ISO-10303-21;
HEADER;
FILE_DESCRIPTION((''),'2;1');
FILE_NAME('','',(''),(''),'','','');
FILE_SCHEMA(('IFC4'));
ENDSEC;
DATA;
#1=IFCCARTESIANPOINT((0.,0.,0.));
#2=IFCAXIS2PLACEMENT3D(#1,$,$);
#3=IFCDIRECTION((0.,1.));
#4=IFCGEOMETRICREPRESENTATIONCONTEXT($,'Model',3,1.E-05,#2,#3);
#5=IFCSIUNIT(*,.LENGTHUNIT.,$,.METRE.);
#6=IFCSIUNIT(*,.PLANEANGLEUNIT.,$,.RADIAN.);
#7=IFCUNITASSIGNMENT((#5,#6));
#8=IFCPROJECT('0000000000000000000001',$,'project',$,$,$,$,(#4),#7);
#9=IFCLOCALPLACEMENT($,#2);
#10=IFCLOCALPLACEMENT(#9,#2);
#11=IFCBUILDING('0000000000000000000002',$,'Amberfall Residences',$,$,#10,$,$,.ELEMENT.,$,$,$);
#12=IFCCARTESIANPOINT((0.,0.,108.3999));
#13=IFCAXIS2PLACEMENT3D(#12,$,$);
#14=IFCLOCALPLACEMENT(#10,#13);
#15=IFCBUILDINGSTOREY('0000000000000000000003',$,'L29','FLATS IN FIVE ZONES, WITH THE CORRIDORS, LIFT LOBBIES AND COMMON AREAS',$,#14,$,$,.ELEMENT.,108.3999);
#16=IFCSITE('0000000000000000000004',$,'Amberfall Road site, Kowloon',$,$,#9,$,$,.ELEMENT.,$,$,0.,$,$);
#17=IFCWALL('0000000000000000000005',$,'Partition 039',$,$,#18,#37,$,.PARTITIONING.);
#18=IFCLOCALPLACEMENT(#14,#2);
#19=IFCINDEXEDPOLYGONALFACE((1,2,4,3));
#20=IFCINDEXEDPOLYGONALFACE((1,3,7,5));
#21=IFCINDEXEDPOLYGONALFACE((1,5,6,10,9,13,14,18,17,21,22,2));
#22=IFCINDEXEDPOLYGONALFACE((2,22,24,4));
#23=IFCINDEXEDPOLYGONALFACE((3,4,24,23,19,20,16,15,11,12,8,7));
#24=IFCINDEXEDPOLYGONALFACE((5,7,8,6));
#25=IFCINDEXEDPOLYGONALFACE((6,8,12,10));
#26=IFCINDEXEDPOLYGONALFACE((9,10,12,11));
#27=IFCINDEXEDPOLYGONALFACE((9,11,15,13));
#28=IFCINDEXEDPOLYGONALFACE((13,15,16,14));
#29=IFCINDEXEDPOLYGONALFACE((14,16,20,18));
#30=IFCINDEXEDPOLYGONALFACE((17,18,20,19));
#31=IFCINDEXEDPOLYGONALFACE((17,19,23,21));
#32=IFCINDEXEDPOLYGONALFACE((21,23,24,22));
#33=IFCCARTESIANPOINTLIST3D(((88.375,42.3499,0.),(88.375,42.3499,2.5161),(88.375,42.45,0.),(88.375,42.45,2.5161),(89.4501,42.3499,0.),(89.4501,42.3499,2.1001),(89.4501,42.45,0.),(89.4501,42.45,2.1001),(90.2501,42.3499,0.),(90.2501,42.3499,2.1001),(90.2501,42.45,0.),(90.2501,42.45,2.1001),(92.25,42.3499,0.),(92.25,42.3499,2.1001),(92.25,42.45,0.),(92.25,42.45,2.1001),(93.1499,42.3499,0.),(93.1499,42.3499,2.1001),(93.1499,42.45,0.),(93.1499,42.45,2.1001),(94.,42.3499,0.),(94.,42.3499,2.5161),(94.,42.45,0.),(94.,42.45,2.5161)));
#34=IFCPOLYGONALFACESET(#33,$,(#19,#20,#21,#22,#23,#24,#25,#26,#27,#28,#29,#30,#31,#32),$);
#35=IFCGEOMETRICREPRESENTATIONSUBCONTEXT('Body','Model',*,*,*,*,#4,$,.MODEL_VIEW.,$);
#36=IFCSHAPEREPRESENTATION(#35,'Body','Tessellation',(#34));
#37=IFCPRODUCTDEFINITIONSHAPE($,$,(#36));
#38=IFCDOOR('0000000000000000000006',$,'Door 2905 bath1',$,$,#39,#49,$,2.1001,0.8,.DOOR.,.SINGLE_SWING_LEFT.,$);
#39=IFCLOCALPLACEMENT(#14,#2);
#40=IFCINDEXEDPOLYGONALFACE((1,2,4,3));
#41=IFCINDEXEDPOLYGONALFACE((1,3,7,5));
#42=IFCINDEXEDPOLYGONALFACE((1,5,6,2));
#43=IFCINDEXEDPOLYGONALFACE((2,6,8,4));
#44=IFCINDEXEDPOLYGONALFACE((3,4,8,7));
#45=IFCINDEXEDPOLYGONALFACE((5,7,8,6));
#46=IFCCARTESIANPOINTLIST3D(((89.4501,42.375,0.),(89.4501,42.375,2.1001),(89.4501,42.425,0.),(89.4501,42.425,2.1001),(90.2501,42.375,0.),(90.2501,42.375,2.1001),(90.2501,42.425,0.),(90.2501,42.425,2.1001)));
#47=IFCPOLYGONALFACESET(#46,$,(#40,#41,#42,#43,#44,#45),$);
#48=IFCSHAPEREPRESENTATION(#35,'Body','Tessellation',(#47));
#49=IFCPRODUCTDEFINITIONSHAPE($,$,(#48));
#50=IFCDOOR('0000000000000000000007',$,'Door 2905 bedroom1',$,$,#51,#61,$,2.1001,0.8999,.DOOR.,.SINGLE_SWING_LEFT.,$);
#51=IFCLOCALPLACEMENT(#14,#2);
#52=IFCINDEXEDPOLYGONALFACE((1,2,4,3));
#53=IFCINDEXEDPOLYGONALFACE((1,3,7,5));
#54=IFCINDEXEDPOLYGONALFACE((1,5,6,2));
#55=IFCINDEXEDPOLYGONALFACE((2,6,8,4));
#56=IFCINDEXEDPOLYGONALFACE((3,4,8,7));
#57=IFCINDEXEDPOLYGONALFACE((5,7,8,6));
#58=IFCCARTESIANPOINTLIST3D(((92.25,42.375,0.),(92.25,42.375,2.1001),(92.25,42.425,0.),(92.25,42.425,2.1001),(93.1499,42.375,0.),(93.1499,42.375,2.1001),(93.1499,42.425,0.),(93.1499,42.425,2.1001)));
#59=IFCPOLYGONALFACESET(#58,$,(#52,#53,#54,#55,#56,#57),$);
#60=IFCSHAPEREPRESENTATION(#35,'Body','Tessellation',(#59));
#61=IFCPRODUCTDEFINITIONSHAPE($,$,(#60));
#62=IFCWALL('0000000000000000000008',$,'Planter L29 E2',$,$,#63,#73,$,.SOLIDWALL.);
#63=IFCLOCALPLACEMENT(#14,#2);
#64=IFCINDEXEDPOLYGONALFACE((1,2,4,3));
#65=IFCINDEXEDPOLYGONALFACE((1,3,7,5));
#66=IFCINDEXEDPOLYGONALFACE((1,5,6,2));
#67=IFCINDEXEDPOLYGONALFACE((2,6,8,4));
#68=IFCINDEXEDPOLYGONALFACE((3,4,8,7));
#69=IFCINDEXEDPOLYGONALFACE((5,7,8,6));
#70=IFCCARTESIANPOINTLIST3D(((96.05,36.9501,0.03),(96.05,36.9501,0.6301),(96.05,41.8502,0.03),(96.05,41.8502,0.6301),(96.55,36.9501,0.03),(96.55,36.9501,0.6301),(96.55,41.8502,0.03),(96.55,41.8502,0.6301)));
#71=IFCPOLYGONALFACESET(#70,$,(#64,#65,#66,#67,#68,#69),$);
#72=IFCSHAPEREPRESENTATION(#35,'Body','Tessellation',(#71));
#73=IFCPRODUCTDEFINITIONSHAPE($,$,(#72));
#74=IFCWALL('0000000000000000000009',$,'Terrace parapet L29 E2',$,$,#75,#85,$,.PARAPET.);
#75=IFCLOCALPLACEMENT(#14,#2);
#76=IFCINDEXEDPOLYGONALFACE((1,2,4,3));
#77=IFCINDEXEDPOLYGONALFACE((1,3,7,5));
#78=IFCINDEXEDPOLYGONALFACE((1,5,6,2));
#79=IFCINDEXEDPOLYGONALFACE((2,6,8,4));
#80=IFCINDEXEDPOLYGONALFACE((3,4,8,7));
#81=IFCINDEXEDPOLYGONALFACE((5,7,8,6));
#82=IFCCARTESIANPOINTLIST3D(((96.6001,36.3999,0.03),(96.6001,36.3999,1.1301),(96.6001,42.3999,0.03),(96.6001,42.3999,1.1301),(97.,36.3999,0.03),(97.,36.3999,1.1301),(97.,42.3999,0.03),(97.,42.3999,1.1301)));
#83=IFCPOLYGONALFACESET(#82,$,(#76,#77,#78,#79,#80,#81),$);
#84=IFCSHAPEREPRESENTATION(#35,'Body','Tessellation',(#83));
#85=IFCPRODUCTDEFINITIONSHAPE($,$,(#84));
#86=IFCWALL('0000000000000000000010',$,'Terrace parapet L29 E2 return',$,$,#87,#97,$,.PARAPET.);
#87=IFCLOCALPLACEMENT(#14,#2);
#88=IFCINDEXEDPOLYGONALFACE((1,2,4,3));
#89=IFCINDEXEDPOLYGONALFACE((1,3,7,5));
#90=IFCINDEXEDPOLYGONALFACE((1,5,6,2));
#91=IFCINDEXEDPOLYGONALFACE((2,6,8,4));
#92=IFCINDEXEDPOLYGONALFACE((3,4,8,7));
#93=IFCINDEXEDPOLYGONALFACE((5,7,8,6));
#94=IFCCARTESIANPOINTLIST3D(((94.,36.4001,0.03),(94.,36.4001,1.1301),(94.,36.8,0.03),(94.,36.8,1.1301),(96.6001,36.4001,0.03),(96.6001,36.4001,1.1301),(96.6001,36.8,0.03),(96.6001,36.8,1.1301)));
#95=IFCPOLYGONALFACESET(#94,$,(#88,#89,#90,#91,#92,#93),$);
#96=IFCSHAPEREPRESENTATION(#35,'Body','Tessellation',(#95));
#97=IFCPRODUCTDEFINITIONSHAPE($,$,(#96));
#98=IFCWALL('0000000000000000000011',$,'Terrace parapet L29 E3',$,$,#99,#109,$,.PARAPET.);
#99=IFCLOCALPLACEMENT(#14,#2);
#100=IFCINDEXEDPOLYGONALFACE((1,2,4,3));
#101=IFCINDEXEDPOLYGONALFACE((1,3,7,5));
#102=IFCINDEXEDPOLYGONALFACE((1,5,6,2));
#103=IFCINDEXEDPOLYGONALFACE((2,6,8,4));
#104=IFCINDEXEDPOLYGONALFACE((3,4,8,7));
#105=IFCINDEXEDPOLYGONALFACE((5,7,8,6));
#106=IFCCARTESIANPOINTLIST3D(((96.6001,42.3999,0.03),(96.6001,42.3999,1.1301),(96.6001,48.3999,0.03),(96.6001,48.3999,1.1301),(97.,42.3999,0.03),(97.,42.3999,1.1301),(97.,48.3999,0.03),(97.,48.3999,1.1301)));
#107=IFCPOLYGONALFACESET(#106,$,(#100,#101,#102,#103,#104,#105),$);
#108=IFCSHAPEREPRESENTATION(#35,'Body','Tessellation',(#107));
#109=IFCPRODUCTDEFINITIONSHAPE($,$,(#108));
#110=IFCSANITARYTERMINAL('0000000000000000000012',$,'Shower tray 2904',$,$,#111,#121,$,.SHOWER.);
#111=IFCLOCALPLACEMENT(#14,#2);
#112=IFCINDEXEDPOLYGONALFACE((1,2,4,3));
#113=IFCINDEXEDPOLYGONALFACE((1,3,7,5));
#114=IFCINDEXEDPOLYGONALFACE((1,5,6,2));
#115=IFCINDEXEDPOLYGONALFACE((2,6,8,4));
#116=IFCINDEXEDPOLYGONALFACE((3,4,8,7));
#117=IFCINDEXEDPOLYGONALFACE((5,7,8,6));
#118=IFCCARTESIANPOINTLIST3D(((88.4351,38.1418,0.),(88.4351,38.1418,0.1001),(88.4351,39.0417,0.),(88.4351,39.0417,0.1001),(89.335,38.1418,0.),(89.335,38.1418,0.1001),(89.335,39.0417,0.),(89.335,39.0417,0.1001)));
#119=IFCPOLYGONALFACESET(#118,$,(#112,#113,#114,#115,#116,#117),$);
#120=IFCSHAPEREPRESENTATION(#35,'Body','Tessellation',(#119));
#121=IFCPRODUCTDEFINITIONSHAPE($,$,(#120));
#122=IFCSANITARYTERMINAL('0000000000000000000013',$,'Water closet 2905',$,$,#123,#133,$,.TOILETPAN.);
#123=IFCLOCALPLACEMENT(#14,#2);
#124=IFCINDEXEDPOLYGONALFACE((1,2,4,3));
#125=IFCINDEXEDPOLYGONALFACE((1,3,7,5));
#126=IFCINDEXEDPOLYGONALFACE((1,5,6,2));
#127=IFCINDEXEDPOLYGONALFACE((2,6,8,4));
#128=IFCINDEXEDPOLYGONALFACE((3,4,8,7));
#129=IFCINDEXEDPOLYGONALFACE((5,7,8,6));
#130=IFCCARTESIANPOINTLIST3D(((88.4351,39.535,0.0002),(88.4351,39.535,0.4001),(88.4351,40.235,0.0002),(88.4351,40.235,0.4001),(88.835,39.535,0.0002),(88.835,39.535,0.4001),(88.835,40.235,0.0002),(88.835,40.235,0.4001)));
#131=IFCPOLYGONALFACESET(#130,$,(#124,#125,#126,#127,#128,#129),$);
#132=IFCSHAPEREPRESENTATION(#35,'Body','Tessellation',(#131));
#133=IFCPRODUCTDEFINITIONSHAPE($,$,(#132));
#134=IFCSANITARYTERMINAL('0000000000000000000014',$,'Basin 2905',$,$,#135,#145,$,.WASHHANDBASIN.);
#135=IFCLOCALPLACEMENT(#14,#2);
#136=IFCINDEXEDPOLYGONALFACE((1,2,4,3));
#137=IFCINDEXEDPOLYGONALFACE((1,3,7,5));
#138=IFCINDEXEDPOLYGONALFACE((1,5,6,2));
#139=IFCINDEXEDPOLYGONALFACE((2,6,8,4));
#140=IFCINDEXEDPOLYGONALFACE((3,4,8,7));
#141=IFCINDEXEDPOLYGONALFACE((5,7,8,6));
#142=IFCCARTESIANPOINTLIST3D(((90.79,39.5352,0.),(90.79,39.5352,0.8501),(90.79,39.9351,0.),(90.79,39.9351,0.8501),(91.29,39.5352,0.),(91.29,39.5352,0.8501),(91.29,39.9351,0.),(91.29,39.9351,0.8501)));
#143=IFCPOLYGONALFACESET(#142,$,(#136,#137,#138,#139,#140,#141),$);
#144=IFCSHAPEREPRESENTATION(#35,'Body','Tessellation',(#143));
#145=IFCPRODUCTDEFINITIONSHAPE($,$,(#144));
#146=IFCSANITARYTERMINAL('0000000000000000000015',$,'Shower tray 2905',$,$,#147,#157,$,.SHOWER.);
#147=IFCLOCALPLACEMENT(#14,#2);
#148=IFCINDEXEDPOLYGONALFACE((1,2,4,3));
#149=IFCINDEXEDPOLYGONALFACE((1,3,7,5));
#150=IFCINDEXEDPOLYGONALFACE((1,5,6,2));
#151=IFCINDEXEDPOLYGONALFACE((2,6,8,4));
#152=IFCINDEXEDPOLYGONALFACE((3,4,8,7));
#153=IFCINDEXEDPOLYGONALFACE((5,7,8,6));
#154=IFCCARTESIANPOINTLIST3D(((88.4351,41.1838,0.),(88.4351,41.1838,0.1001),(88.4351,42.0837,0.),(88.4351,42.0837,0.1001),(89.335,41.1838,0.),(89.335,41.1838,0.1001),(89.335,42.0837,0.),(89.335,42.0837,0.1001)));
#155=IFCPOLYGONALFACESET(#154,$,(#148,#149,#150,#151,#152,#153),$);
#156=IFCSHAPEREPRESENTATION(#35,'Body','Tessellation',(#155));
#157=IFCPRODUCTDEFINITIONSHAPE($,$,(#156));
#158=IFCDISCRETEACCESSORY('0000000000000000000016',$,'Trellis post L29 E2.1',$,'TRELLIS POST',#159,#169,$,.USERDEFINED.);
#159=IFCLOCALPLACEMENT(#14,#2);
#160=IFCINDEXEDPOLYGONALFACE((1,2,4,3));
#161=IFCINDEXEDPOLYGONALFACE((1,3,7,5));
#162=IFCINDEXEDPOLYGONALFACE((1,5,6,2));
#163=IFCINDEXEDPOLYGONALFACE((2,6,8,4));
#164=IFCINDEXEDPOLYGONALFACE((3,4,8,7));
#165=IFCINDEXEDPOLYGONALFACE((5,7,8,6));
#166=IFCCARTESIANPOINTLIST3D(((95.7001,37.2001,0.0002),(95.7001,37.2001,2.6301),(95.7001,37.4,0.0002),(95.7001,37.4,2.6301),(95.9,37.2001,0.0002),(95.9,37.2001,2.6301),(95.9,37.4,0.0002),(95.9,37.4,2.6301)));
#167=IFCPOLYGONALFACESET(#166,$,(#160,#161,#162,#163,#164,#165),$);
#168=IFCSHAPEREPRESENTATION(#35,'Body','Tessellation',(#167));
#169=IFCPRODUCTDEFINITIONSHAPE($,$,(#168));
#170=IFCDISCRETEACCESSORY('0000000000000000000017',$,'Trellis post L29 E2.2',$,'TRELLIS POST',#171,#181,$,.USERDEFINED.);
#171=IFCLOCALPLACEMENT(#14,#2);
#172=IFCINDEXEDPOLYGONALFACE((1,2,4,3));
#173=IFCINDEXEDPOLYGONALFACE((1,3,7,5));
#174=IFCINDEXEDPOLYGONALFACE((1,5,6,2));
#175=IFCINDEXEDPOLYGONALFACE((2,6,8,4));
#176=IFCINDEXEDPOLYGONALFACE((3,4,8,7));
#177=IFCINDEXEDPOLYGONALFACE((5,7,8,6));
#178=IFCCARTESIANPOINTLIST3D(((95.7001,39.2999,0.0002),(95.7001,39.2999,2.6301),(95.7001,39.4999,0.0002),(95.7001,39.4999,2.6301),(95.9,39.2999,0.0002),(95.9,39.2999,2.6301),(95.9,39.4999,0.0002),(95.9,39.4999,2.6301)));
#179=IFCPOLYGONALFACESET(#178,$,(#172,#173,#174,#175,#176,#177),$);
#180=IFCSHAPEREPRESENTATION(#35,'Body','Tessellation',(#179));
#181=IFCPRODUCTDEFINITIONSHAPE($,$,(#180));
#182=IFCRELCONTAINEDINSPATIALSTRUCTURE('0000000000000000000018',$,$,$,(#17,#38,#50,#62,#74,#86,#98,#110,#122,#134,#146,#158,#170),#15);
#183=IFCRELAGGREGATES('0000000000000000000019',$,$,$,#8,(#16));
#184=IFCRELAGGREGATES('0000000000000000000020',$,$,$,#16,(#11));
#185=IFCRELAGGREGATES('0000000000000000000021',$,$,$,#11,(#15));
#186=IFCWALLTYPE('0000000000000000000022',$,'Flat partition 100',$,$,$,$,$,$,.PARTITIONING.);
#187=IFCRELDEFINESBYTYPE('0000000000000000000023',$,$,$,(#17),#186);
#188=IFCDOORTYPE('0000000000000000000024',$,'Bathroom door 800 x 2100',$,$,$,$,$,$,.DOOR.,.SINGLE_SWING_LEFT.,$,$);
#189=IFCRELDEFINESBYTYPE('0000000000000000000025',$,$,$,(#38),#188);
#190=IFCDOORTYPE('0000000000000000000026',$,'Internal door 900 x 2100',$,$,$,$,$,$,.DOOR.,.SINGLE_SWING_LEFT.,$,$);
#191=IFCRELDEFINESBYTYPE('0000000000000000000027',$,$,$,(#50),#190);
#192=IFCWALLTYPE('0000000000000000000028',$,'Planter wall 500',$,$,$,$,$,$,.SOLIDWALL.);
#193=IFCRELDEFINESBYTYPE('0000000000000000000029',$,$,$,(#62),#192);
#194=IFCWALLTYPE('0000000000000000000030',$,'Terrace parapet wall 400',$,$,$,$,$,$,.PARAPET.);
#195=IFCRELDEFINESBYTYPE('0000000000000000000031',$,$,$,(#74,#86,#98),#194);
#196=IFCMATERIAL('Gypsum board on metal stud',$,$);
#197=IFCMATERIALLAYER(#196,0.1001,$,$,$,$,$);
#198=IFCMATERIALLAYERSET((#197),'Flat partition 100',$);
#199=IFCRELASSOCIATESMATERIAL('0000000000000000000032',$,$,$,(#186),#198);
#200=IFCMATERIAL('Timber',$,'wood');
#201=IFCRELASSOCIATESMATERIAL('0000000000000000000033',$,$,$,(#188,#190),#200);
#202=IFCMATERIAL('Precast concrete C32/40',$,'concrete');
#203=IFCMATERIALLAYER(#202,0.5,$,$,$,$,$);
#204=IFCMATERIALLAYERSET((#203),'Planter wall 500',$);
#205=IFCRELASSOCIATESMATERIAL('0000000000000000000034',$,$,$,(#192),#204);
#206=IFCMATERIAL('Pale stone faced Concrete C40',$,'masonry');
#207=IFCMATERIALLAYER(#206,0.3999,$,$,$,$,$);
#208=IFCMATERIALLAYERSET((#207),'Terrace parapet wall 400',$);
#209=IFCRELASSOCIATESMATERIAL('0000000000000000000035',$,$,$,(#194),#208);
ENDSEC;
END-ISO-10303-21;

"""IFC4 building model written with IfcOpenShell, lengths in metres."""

from ifc_helpers import new_model, si_unit, direction, frame, frame_2d, origin, origin_2d, place, context, subcontext, project, spatial, rectangle, extrude, material, layer, layer_set, type_object, element, fill, save


model = new_model("IFC4")

# Units and contexts
model_context = context("Model", 3, precision=1e-05, world=origin(), true_north=direction((0.0, 1.0)))
body_context = subcontext(model_context, "Body", "Model", "MODEL_VIEW")
ifc_project = project(units=[si_unit("LENGTHUNIT", "METRE"), si_unit("PLANEANGLEUNIT", "RADIAN")], contexts=[model_context])

# Site, building, storey
site_placement = place(None, origin())
site = spatial("IfcSite", under=ifc_project, at=site_placement, Name="Amberfall Road site, Kowloon", CompositionType="ELEMENT", RefElevation=0.0)
building_placement = place(site_placement, origin())
building = spatial("IfcBuilding", under=site, at=building_placement, Name="Amberfall Residences", CompositionType="ELEMENT")
storey_placement = place(building_placement, frame((0.0, 0.0, 108.3999)))
storey = spatial("IfcBuildingStorey", under=building, at=storey_placement, Name="L29", Description="FLATS IN FIVE ZONES, WITH THE CORRIDORS, LIFT LOBBIES AND COMMON AREAS", CompositionType="ELEMENT", Elevation=108.3999)

# Shared definitions
ifc_material_1 = material(Name="Gypsum board on metal stud")
ifc_layer_1 = layer(ifc_material_1, 0.1001)
ifc_layer_set_1 = layer_set([ifc_layer_1], Name="Flat partition 100")
wall_type_1 = type_object("IfcWallType", Name="Flat partition 100", PredefinedType="PARTITIONING", material=ifc_layer_set_1)

# Wall, openings, doors
wall_1_placement = place(storey_placement, frame((94.0, 42.3999, 0.0), z_axis=(0.0, 0.0, 1.0), x_axis=(-1.0, 0.0, 0.0)))
wall_1 = element("IfcWall", 1, at=wall_1_placement, inside=storey, type_object=wall_type_1, Name="Partition 039", PredefinedType="PARTITIONING", context=body_context, shape_type="SweptSolid", body=[
    extrude(rectangle(XDim=5.625, YDim=0.1001, at=frame_2d((2.8125, 0.0))), origin(), (0.0, 0.0, 1.0), 2.5161),
])
opening_1_placement = place(wall_1_placement, frame((0.8501, 0.0, 0.0)))
opening_1 = element("IfcOpeningElement", 2, at=opening_1_placement, cuts=wall_1, PredefinedType="OPENING", context=body_context, shape_type="SweptSolid", body=[
    extrude(rectangle(XDim=0.8999, YDim=2.1001, at=frame_2d((0.45, 1.05))), frame((0.0, 0.0601, 0.0), z_axis=(0.0, -1.0, 0.0), x_axis=(1.0, 0.0, 0.0)), (0.0, 0.0, 1.0), 0.1201),
])
opening_2_placement = place(wall_1_placement, frame((3.75, 0.0, 0.0)))
opening_2 = element("IfcOpeningElement", 3, at=opening_2_placement, cuts=wall_1, PredefinedType="OPENING", context=body_context, shape_type="SweptSolid", body=[
    extrude(rectangle(XDim=0.8, YDim=2.1001, at=frame_2d((0.3999, 1.05))), frame((0.0, 0.0601, 0.0), z_axis=(0.0, -1.0, 0.0), x_axis=(1.0, 0.0, 0.0)), (0.0, 0.0, 1.0), 0.1201),
])
ifc_material_2 = material(Name="Timber", Category="wood")
door_type_1 = type_object("IfcDoorType", Name="Bathroom door 800 x 2100", OperationType="SINGLE_SWING_LEFT", PredefinedType="DOOR", material=ifc_material_2)
door_1_placement = place(opening_2_placement, origin())
door_1 = element("IfcDoor", 4, at=door_1_placement, inside=storey, type_object=door_type_1, Name="Door 2905 bath1", OperationType="SINGLE_SWING_LEFT", OverallHeight=2.1001, OverallWidth=0.8, PredefinedType="DOOR", context=body_context, shape_type="SweptSolid", body=[
    extrude(rectangle(XDim=0.8, YDim=2.1001, at=frame_2d((0.3999, 1.05))), frame((0.0, 0.0249, 0.0), z_axis=(0.0, -1.0, 0.0), x_axis=(1.0, 0.0, 0.0)), (0.0, 0.0, 1.0), 0.05),
])
fill(opening_2, door_1)
door_type_2 = type_object("IfcDoorType", Name="Internal door 900 x 2100", OperationType="SINGLE_SWING_LEFT", PredefinedType="DOOR", material=ifc_material_2)
door_2_placement = place(opening_1_placement, origin())
door_2 = element("IfcDoor", 5, at=door_2_placement, inside=storey, type_object=door_type_2, Name="Door 2905 bedroom1", OperationType="SINGLE_SWING_LEFT", OverallHeight=2.1001, OverallWidth=0.8999, PredefinedType="DOOR", context=body_context, shape_type="SweptSolid", body=[
    extrude(rectangle(XDim=0.8999, YDim=2.1001, at=frame_2d((0.45, 1.05))), frame((0.0, 0.0249, 0.0), z_axis=(0.0, -1.0, 0.0), x_axis=(1.0, 0.0, 0.0)), (0.0, 0.0, 1.0), 0.05),
])
fill(opening_1, door_2)

# Wall
ifc_material_3 = material(Name="Precast concrete C32/40", Category="concrete")
ifc_layer_2 = layer(ifc_material_3, 0.5)
ifc_layer_set_2 = layer_set([ifc_layer_2], Name="Planter wall 500")
wall_type_2 = type_object("IfcWallType", Name="Planter wall 500", PredefinedType="SOLIDWALL", material=ifc_layer_set_2)
wall_2_placement = place(storey_placement, frame((96.3, 36.95, 0.03), z_axis=(0.0, 0.0, 1.0), x_axis=(0.0, 1.0, 0.0)))
element("IfcWall", 6, at=wall_2_placement, inside=storey, type_object=wall_type_2, Name="Planter L29 E2", PredefinedType="SOLIDWALL", context=body_context, shape_type="SweptSolid", body=[
    extrude(rectangle(XDim=4.9001, YDim=0.5, at=frame_2d((2.4502, 0.0))), origin(), (0.0, 0.0, 1.0), 0.6001),
])

# Walls
ifc_material_4 = material(Name="Pale stone faced Concrete C40", Category="masonry")
ifc_layer_3 = layer(ifc_material_4, 0.3999)
ifc_layer_set_3 = layer_set([ifc_layer_3], Name="Terrace parapet wall 400")
wall_type_3 = type_object("IfcWallType", Name="Terrace parapet wall 400", PredefinedType="PARAPET", material=ifc_layer_set_3)
wall_3_placement = place(storey_placement, frame((96.8, 36.3999, 0.03), z_axis=(0.0, 0.0, 1.0), x_axis=(0.0, 1.0, 0.0)))
element("IfcWall", 7, at=wall_3_placement, inside=storey, type_object=wall_type_3, Name="Terrace parapet L29 E2", PredefinedType="PARAPET", context=body_context, shape_type="SweptSolid", body=[
    extrude(rectangle(XDim=6.0, YDim=0.3999, at=frame_2d((3.0, 0.0))), origin(), (0.0, 0.0, 1.0), 1.1001),
])
wall_4_placement = place(storey_placement, frame((94.0, 36.6001, 0.03), z_axis=(0.0, 0.0, 1.0), x_axis=(1.0, 0.0, 0.0)))
element("IfcWall", 8, at=wall_4_placement, inside=storey, type_object=wall_type_3, Name="Terrace parapet L29 E2 return", PredefinedType="PARAPET", context=body_context, shape_type="SweptSolid", body=[
    extrude(rectangle(XDim=2.6001, YDim=0.3999, at=frame_2d((1.3, 0.0))), origin(), (0.0, 0.0, 1.0), 1.1001),
])
wall_5_placement = place(storey_placement, frame((96.8, 42.3999, 0.03), z_axis=(0.0, 0.0, 1.0), x_axis=(0.0, 1.0, 0.0)))
element("IfcWall", 9, at=wall_5_placement, inside=storey, type_object=wall_type_3, Name="Terrace parapet L29 E3", PredefinedType="PARAPET", context=body_context, shape_type="SweptSolid", body=[
    extrude(rectangle(XDim=6.0, YDim=0.3999, at=frame_2d((3.0, 0.0))), origin(), (0.0, 0.0, 1.0), 1.1001),
])

# Sanitary terminals
sanitary_terminal_1_placement = place(storey_placement, frame((88.885, 38.5918, 0.0), z_axis=(0.0, 0.0, 1.0), x_axis=(1.0, 0.0, 0.0)))
element("IfcSanitaryTerminal", 10, at=sanitary_terminal_1_placement, inside=storey, Name="Shower tray 2904", PredefinedType="SHOWER", context=body_context, shape_type="SweptSolid", body=[
    extrude(rectangle(XDim=0.8999, YDim=0.8999, at=origin_2d()), origin(), (0.0, 0.0, 1.0), 0.1001),
])
sanitary_terminal_2_placement = place(storey_placement, frame((88.635, 39.885, 0.0002), z_axis=(0.0, 0.0, 1.0), x_axis=(1.0, 0.0, 0.0)))
element("IfcSanitaryTerminal", 11, at=sanitary_terminal_2_placement, inside=storey, Name="Water closet 2905", PredefinedType="TOILETPAN", context=body_context, shape_type="SweptSolid", body=[
    extrude(rectangle(XDim=0.3999, YDim=0.7, at=origin_2d()), origin(), (0.0, 0.0, 1.0), 0.3999),
])
sanitary_terminal_3_placement = place(storey_placement, frame((91.04, 39.7351, 0.0), z_axis=(0.0, 0.0, 1.0), x_axis=(1.0, 0.0, 0.0)))
element("IfcSanitaryTerminal", 12, at=sanitary_terminal_3_placement, inside=storey, Name="Basin 2905", PredefinedType="WASHHANDBASIN", context=body_context, shape_type="SweptSolid", body=[
    extrude(rectangle(XDim=0.5, YDim=0.3999, at=origin_2d()), origin(), (0.0, 0.0, 1.0), 0.8501),
])
sanitary_terminal_4_placement = place(storey_placement, frame((88.885, 41.6338, 0.0), z_axis=(0.0, 0.0, 1.0), x_axis=(1.0, 0.0, 0.0)))
element("IfcSanitaryTerminal", 13, at=sanitary_terminal_4_placement, inside=storey, Name="Shower tray 2905", PredefinedType="SHOWER", context=body_context, shape_type="SweptSolid", body=[
    extrude(rectangle(XDim=0.8999, YDim=0.8999, at=origin_2d()), origin(), (0.0, 0.0, 1.0), 0.1001),
])

# Discrete accessories
for number, where, z_axis, x_axis, name in (
    (14, (95.8, 37.3, 0.0002), (0.0, 0.0, 1.0), (1.0, 0.0, 0.0), "Trellis post L29 E2.1"),
    (15, (95.8, 39.3999, 0.0002), (0.0, 0.0, 1.0), (1.0, 0.0, 0.0), "Trellis post L29 E2.2"),
):
    element("IfcDiscreteAccessory", number, at=place(storey_placement, frame(where, z_axis=z_axis, x_axis=x_axis)), inside=storey, Name=name, ObjectType="TRELLIS POST", PredefinedType="USERDEFINED", context=body_context, shape_type="SweptSolid", body=[
        extrude(rectangle(XDim=0.2, YDim=0.2, at=origin_2d()), origin(), (0.0, 0.0, 1.0), 2.6299),
    ])

save(model, "model.ifc")
